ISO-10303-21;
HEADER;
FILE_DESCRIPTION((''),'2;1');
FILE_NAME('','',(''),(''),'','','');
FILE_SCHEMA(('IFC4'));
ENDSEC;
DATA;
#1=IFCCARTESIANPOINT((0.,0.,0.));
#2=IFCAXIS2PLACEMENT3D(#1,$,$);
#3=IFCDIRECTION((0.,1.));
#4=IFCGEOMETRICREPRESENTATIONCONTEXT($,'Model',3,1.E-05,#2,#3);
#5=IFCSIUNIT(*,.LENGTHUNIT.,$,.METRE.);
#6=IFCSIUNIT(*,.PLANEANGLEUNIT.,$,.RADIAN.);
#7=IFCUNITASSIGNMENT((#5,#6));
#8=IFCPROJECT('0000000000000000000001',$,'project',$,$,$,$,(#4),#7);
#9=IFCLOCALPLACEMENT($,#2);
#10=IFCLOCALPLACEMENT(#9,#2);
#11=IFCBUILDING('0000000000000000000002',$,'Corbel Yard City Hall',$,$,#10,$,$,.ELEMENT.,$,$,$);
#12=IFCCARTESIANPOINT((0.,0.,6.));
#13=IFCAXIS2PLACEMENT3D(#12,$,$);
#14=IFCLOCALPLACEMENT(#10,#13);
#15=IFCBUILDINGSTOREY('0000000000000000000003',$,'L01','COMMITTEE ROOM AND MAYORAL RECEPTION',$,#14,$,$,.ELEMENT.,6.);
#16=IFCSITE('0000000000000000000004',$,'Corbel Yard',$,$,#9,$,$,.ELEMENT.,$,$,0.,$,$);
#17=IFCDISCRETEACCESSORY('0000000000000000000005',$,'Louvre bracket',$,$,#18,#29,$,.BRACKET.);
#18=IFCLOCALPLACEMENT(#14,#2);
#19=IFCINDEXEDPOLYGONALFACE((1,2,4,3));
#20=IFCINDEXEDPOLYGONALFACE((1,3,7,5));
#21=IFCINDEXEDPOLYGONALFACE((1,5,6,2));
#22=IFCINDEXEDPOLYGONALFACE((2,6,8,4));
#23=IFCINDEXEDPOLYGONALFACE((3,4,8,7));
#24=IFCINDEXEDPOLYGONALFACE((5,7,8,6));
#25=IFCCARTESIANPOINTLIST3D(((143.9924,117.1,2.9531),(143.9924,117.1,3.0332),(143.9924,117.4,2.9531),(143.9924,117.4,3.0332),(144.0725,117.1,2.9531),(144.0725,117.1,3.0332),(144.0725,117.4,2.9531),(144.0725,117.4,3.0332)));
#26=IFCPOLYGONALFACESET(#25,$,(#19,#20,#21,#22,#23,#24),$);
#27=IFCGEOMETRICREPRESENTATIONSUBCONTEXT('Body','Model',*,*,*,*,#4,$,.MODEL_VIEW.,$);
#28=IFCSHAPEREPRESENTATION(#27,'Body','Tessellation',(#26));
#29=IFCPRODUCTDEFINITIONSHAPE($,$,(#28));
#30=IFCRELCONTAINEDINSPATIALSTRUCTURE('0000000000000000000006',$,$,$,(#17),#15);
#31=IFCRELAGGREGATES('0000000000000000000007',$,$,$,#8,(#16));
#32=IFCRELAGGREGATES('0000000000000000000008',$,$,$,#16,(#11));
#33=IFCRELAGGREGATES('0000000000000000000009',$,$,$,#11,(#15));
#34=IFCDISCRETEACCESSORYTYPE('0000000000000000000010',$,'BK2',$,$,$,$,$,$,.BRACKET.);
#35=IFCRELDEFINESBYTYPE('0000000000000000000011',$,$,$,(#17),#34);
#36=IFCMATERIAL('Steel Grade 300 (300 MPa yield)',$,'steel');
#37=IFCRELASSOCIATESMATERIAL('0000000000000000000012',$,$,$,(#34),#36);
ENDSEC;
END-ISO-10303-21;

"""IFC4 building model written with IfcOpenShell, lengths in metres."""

from ifc_helpers import new_model, si_unit, direction, frame, origin, origin_2d, place, context, subcontext, project, spatial, rectangle, extrude, material, type_object, element, save


model = new_model("IFC4")

# Units and contexts
model_context = context("Model", 3, precision=1e-05, world=origin(), true_north=direction((0.0, 1.0)))
body_context = subcontext(model_context, "Body", "Model", "MODEL_VIEW")
ifc_project = project(units=[si_unit("LENGTHUNIT", "METRE"), si_unit("PLANEANGLEUNIT", "RADIAN")], contexts=[model_context])

# Site, building, storey
site_placement = place(None, origin())
site = spatial("IfcSite", under=ifc_project, at=site_placement, Name="Corbel Yard", CompositionType="ELEMENT", RefElevation=0.0)
building_placement = place(site_placement, origin())
building = spatial("IfcBuilding", under=site, at=building_placement, Name="Corbel Yard City Hall", CompositionType="ELEMENT")
storey_placement = place(building_placement, frame((0.0, 0.0, 6.0)))
storey = spatial("IfcBuildingStorey", under=building, at=storey_placement, Name="L01", Description="COMMITTEE ROOM AND MAYORAL RECEPTION", CompositionType="ELEMENT", Elevation=6.0)

# Shared definitions
ifc_material_1 = material(Name="Steel Grade 300 (300 MPa yield)", Category="steel")

# Discrete accessory
discrete_accessory_type = type_object("IfcDiscreteAccessoryType", Name="BK2", PredefinedType="BRACKET", material=ifc_material_1)
discrete_accessory_placement = place(storey_placement, frame((144.0325, 117.25, 2.9531), z_axis=(0.0, 0.0, 1.0), x_axis=(1.0, 0.0, 0.0)))
element("IfcDiscreteAccessory", 1, at=discrete_accessory_placement, inside=storey, type_object=discrete_accessory_type, Name="Louvre bracket", PredefinedType="BRACKET", context=body_context, shape_type="SweptSolid", body=[
    extrude(rectangle(XDim=0.0801, YDim=0.3, at=origin_2d()), origin(), (0.0, 0.0, 1.0), 0.0801),
])

save(model, "model.ifc")
